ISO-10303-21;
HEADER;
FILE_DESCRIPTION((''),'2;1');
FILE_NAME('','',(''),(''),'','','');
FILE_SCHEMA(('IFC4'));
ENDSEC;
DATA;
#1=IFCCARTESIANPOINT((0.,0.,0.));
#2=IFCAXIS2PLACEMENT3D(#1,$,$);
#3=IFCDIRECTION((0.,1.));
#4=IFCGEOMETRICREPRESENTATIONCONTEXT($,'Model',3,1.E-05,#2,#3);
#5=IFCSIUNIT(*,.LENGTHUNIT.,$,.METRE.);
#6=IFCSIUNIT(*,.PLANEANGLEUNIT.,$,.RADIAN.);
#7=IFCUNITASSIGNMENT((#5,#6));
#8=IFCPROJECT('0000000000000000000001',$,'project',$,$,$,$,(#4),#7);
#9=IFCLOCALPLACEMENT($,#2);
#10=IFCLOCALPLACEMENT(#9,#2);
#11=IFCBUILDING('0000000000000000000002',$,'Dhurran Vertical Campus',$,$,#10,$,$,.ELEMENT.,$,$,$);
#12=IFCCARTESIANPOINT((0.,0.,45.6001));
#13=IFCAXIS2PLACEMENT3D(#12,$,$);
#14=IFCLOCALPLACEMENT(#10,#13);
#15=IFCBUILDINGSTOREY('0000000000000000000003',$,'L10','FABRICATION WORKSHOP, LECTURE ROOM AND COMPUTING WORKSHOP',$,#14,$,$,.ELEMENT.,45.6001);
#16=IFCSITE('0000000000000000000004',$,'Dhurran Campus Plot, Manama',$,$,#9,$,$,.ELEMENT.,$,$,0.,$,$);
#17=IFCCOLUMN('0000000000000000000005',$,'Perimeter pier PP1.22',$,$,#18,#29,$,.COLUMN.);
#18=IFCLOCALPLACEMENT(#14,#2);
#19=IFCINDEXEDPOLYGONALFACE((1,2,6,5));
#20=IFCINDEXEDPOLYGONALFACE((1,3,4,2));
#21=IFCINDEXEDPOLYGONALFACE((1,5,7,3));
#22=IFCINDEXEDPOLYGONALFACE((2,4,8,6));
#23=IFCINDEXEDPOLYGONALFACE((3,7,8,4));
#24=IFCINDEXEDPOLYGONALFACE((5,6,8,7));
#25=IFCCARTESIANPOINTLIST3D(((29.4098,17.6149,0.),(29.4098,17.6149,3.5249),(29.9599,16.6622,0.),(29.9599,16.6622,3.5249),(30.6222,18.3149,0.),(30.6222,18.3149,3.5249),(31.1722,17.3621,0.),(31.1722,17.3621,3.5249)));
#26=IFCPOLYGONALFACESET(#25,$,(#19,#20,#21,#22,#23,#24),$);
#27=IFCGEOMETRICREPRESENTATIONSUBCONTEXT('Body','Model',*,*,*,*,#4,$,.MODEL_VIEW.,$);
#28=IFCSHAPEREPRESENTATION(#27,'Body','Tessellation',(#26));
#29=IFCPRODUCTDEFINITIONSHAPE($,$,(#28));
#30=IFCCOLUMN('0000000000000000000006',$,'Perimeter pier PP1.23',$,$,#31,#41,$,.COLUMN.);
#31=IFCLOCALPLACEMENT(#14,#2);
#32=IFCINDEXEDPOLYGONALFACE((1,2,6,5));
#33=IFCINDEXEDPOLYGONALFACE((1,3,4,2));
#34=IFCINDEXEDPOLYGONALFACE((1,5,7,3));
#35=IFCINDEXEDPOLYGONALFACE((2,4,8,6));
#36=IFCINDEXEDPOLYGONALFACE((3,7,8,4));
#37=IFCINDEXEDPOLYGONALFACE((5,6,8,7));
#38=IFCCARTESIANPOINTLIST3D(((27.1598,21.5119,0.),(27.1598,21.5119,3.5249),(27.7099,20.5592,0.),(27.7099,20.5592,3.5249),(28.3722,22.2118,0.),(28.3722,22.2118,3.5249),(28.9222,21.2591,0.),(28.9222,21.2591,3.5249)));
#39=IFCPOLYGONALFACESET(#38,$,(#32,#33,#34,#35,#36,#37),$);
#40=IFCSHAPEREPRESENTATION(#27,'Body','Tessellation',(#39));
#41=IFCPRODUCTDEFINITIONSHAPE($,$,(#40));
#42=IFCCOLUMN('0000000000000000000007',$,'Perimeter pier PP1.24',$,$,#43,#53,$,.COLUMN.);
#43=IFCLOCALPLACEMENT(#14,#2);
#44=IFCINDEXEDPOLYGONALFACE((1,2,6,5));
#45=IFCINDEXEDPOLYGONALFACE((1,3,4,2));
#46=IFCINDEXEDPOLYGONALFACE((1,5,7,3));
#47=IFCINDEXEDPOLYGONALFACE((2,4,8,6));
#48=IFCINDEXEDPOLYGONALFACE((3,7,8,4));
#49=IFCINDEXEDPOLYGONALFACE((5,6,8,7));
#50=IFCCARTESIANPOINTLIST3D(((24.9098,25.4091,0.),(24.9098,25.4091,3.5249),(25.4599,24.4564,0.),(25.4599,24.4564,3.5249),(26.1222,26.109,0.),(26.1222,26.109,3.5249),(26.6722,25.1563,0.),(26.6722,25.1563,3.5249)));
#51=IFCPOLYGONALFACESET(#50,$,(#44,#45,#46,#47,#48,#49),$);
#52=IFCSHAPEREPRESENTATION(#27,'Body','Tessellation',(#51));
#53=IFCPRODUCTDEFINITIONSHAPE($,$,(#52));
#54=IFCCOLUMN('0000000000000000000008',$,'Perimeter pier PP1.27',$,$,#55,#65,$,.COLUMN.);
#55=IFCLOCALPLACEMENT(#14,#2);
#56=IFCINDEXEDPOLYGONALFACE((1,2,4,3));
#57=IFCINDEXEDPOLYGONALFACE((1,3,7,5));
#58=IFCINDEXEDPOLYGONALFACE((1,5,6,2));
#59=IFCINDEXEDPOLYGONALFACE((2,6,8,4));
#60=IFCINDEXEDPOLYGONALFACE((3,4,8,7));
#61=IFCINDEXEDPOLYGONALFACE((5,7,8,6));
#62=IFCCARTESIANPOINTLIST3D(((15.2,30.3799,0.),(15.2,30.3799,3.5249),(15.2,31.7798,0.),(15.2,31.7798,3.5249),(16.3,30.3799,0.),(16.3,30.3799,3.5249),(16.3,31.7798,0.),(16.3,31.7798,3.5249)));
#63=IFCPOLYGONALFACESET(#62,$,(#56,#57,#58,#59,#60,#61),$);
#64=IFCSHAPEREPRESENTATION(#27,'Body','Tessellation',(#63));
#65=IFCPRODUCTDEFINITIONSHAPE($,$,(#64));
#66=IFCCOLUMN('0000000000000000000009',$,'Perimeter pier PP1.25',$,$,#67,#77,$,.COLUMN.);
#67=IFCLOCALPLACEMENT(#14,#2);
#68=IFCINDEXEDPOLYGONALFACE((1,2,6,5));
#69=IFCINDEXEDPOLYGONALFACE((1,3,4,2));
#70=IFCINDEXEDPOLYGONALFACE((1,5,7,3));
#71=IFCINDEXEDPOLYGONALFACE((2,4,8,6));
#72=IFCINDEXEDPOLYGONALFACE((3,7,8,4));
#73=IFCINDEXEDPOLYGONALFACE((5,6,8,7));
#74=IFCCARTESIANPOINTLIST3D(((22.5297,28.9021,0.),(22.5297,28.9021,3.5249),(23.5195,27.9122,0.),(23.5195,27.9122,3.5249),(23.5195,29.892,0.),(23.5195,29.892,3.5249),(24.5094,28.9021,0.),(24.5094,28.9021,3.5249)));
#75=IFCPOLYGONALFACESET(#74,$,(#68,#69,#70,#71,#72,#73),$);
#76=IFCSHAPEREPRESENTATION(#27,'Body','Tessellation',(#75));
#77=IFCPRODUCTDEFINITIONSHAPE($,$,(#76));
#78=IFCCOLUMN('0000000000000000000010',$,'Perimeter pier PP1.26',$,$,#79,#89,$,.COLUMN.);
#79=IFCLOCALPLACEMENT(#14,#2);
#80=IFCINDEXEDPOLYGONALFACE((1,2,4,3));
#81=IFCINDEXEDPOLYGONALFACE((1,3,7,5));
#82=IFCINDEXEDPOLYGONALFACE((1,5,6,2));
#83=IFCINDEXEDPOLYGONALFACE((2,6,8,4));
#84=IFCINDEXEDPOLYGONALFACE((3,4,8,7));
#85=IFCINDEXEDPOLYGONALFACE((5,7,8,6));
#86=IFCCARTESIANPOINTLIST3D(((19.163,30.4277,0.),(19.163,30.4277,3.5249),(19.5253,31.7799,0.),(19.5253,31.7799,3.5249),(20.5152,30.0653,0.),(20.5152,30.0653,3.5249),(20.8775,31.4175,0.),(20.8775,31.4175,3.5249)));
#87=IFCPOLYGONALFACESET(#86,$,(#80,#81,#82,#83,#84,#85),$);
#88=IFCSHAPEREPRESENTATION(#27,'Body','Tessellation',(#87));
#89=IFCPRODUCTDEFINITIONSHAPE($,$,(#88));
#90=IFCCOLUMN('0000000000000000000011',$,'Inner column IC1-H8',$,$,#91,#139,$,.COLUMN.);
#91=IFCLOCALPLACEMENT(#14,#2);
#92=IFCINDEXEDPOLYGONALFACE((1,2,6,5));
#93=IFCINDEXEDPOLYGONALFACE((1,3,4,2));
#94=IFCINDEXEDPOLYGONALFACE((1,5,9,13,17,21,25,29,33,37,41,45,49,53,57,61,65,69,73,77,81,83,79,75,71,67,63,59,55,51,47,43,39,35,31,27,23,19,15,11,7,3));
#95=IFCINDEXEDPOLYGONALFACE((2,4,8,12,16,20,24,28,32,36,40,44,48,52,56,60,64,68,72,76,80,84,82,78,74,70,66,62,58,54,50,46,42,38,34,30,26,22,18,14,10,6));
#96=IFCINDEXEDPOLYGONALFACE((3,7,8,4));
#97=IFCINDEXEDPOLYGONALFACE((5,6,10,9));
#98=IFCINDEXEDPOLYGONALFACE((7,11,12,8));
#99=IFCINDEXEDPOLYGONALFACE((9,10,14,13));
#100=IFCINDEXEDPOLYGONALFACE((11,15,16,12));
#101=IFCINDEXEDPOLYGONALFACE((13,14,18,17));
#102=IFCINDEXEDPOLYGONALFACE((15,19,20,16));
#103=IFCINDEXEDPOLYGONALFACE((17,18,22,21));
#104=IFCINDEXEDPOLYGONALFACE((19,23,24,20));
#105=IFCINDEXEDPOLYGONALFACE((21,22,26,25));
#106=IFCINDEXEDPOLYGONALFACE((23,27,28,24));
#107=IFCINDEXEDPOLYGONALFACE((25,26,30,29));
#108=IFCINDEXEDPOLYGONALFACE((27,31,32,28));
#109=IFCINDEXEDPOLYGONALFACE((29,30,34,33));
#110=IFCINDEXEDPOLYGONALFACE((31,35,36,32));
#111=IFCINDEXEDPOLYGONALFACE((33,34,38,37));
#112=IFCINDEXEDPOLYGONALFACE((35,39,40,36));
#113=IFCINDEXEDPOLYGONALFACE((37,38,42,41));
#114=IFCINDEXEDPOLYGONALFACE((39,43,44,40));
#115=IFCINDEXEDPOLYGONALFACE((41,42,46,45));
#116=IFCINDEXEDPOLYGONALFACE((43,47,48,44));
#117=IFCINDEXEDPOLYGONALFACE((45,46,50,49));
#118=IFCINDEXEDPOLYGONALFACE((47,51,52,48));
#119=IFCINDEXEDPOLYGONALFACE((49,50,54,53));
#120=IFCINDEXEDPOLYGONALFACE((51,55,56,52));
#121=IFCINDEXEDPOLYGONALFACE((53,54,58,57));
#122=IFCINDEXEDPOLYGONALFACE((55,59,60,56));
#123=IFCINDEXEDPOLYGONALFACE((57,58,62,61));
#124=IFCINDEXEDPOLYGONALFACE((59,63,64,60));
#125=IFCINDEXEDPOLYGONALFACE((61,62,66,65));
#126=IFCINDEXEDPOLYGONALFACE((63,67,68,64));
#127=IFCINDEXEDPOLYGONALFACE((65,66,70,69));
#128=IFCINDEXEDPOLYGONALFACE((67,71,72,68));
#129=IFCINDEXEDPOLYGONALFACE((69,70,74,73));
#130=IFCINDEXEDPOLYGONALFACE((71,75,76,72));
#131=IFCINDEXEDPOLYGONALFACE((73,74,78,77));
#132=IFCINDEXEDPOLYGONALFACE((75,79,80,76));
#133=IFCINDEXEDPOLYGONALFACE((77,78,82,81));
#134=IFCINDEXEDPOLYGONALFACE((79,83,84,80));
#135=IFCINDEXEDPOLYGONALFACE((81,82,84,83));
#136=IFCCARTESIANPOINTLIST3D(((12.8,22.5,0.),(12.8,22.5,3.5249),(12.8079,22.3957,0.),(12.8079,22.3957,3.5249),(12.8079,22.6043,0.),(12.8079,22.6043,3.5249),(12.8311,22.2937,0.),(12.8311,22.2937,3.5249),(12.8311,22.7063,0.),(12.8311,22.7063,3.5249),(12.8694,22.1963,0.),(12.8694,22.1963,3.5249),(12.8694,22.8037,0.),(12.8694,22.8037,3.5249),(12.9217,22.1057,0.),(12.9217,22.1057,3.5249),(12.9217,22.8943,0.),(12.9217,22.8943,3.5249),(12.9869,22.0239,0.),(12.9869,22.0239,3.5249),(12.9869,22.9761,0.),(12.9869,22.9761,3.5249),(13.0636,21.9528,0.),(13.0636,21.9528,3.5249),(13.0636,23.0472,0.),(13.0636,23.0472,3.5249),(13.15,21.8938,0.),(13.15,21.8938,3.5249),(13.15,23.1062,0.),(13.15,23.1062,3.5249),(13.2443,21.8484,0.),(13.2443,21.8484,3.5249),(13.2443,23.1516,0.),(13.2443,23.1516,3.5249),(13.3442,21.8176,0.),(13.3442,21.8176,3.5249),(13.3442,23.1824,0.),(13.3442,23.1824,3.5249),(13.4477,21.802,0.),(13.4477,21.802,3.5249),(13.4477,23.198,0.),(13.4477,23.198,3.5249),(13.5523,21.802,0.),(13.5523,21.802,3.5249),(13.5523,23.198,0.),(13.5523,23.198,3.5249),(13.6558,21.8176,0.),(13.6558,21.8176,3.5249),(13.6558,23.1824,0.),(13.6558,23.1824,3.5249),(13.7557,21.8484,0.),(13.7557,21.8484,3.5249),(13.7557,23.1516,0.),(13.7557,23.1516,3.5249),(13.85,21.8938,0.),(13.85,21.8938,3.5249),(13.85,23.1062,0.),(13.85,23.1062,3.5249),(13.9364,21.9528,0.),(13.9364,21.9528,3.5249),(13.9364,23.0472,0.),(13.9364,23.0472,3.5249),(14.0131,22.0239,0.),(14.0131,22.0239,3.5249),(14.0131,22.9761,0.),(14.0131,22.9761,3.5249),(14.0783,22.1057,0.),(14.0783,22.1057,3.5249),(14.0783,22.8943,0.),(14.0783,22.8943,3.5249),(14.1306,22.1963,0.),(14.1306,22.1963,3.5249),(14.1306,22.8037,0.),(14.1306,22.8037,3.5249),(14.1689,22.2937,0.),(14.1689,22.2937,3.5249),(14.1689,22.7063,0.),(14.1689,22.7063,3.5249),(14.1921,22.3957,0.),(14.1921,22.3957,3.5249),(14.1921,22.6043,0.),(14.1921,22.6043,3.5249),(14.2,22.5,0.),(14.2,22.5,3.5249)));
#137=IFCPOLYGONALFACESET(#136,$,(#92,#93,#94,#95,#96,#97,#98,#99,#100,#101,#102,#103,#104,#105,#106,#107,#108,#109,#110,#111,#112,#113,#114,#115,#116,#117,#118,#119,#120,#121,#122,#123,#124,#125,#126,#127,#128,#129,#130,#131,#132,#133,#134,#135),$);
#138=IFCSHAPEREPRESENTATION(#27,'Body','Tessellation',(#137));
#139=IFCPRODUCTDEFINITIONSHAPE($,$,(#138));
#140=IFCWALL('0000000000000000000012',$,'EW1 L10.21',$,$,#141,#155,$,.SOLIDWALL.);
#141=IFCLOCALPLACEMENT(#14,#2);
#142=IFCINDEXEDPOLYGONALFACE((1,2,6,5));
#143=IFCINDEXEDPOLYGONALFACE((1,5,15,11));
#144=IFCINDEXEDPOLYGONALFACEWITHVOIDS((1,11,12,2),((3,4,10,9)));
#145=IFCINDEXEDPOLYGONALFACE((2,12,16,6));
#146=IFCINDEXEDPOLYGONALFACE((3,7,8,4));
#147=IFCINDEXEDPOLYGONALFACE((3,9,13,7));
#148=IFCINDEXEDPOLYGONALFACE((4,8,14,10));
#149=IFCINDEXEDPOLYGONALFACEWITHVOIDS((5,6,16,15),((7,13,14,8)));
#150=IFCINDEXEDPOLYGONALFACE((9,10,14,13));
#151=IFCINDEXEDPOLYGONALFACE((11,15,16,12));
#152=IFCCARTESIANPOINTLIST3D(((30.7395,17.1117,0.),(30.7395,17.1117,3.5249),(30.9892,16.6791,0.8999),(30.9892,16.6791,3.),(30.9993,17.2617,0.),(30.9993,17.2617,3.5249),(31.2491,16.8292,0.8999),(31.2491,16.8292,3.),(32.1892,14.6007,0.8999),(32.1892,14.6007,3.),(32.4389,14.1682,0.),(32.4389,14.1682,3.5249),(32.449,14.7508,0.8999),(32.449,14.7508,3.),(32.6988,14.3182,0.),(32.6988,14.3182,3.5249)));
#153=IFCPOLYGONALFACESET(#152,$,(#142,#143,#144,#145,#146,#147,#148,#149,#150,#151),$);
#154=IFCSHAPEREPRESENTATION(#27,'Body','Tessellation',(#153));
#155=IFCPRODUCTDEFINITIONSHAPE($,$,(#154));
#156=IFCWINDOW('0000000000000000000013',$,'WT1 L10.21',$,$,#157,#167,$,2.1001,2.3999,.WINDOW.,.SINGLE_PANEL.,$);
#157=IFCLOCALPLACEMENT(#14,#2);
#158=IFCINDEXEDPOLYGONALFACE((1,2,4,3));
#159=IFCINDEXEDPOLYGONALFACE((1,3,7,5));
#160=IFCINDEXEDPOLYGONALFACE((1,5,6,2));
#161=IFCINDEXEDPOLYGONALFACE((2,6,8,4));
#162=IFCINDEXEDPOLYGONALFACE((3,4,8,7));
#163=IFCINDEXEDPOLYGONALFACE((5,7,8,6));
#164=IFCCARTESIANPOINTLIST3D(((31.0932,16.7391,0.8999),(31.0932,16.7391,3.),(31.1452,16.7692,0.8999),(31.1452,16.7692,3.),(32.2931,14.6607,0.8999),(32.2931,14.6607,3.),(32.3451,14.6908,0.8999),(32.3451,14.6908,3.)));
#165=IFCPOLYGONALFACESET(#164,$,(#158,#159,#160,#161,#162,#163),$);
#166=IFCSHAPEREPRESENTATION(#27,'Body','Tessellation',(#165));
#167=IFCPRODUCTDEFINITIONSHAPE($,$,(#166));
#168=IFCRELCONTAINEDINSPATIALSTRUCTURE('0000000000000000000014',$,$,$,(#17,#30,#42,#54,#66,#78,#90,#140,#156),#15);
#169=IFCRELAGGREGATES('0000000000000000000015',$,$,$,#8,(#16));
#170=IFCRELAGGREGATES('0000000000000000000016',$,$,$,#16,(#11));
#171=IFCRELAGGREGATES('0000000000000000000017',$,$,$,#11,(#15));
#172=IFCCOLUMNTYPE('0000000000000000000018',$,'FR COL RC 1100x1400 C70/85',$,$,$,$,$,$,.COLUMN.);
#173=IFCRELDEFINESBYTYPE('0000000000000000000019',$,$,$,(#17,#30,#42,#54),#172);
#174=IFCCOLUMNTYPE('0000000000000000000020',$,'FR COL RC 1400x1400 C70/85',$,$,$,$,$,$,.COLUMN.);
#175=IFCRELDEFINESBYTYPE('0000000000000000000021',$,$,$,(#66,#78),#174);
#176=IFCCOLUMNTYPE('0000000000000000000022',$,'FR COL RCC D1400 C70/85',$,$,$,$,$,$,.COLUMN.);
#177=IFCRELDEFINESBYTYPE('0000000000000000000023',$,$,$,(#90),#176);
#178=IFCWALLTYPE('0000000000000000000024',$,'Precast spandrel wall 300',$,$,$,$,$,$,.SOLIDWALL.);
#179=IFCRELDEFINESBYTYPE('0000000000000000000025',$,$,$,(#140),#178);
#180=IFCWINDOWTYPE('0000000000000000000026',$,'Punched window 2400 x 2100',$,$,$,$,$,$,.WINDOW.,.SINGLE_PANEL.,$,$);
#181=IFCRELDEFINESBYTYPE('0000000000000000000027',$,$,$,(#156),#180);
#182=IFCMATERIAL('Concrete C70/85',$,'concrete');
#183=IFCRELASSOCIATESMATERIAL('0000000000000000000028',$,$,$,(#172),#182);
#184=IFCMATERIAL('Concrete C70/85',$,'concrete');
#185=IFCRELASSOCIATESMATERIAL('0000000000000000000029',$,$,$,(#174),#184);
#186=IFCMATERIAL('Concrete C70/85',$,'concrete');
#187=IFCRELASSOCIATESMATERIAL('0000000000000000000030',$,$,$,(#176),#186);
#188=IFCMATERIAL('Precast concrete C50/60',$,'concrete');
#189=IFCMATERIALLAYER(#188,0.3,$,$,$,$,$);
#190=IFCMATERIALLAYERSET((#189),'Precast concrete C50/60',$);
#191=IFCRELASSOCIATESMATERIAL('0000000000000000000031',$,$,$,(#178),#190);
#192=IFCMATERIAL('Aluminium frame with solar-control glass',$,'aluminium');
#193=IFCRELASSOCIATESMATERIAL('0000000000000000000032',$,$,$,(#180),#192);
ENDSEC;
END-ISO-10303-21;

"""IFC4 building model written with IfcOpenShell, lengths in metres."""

from ifc_helpers import new_model, si_unit, direction, frame, frame_2d, origin, origin_2d, place, context, subcontext, project, spatial, rectangle, circle, extrude, material, layer, layer_set, material_profile, profile_set, type_object, element, fill, save


model = new_model("IFC4")

# Units and contexts
model_context = context("Model", 3, precision=1e-05, world=origin(), true_north=direction((0.0, 1.0)))
body_context = subcontext(model_context, "Body", "Model", "MODEL_VIEW")
ifc_project = project(units=[si_unit("LENGTHUNIT", "METRE"), si_unit("PLANEANGLEUNIT", "RADIAN")], contexts=[model_context])

# Site, building, storey
site_placement = place(None, origin())
site = spatial("IfcSite", under=ifc_project, at=site_placement, Name="Dhurran Campus Plot, Manama", CompositionType="ELEMENT", RefElevation=0.0)
building_placement = place(site_placement, origin())
building = spatial("IfcBuilding", under=site, at=building_placement, Name="Dhurran Vertical Campus", CompositionType="ELEMENT")
storey_placement = place(building_placement, frame((0.0, 0.0, 45.6001)))
storey = spatial("IfcBuildingStorey", under=building, at=storey_placement, Name="L10", Description="FABRICATION WORKSHOP, LECTURE ROOM AND COMPUTING WORKSHOP", CompositionType="ELEMENT", Elevation=45.6001)

# Columns
ifc_material_1 = material(Name="Concrete C70/85", Category="concrete")
ifc_material_profile_1 = material_profile(ifc_material_1, rectangle(XDim=1.1001, YDim=1.3999, at=origin_2d()), Name="RC 1100x1400")
ifc_profile_set_1 = profile_set([ifc_material_profile_1], Name="Concrete C70/85")
column_type_1 = type_object("IfcColumnType", Name="FR COL RC 1100x1400 C70/85", PredefinedType="COLUMN", material=ifc_profile_set_1)
for number, where, z_axis, x_axis, name in (
    (1, (30.291, 17.4885, 0.0), (0.0, 0.0, 1.0), (-0.5, 0.866025, 0.0), "Perimeter pier PP1.22"),
    (2, (28.041, 21.3855, 0.0), (0.0, 0.0, 1.0), (-0.5, 0.866025, 0.0), "Perimeter pier PP1.23"),
    (3, (25.791, 25.2827, 0.0), (0.0, 0.0, 1.0), (-0.5, 0.866025, 0.0), "Perimeter pier PP1.24"),
    (4, (15.75, 31.0798, 0.0), (0.0, 0.0, 1.0), (-1.0, 0.0, 0.0), "Perimeter pier PP1.27"),
):
    element("IfcColumn", number, at=place(storey_placement, frame(where, z_axis=z_axis, x_axis=x_axis)), inside=storey, type_object=column_type_1, Name=name, PredefinedType="COLUMN", context=body_context, shape_type="SweptSolid", body=[
        extrude(rectangle(XDim=1.1001, YDim=1.3999, at=origin_2d()), origin(), (0.0, 0.0, 1.0), 3.5249),
    ])
ifc_material_2 = material(Name="Concrete C70/85", Category="concrete")
ifc_material_profile_2 = material_profile(ifc_material_2, rectangle(XDim=1.3999, YDim=1.3999, at=origin_2d()), Name="RC 1400x1400")
ifc_profile_set_2 = profile_set([ifc_material_profile_2], Name="Concrete C70/85")
column_type_2 = type_object("IfcColumnType", Name="FR COL RC 1400x1400 C70/85", PredefinedType="COLUMN", material=ifc_profile_set_2)
for number, where, z_axis, x_axis, name in (
    (5, (23.5195, 28.9021, 0.0), (0.0, 0.0, 1.0), (-0.707107, 0.707107, 0.0), "Perimeter pier PP1.25"),
    (6, (20.0203, 30.9226, 0.0), (0.0, 0.0, 1.0), (-0.965926, 0.258819, 0.0), "Perimeter pier PP1.26"),
):
    element("IfcColumn", number, at=place(storey_placement, frame(where, z_axis=z_axis, x_axis=x_axis)), inside=storey, type_object=column_type_2, Name=name, PredefinedType="COLUMN", context=body_context, shape_type="SweptSolid", body=[
        extrude(rectangle(XDim=1.3999, YDim=1.3999, at=origin_2d()), origin(), (0.0, 0.0, 1.0), 3.5249),
    ])
ifc_material_3 = material(Name="Concrete C70/85", Category="concrete")
ifc_material_profile_3 = material_profile(ifc_material_3, circle(Radius=0.7, at=origin_2d()), Name="RCC D1400")
ifc_profile_set_3 = profile_set([ifc_material_profile_3], Name="Concrete C70/85")
column_type_3 = type_object("IfcColumnType", Name="FR COL RCC D1400 C70/85", PredefinedType="COLUMN", material=ifc_profile_set_3)
column_placement = place(storey_placement, frame((13.5, 22.5, 0.0), z_axis=(0.0, 0.0, 1.0), x_axis=(1.0, 0.0, 0.0)))
element("IfcColumn", 7, at=column_placement, inside=storey, type_object=column_type_3, Name="Inner column IC1-H8", PredefinedType="COLUMN", context=body_context, shape_type="SweptSolid", body=[
    extrude(circle(Radius=0.7, at=origin_2d()), origin(), (0.0, 0.0, 1.0), 3.5249),
])

# Wall, opening, window
ifc_material_4 = material(Name="Precast concrete C50/60", Category="concrete")
ifc_layer_1 = layer(ifc_material_4, 0.3)
ifc_layer_set_1 = layer_set([ifc_layer_1], Name="Precast concrete C50/60")
wall_type_1 = type_object("IfcWallType", Name="Precast spandrel wall 300", PredefinedType="SOLIDWALL", material=ifc_layer_set_1)
wall_1_placement = place(storey_placement, frame((32.5688, 14.2432, 0.0), z_axis=(0.0, 0.0, 1.0), x_axis=(-0.499994, 0.866029, 0.0)))
wall_1 = element("IfcWall", 8, at=wall_1_placement, inside=storey, type_object=wall_type_1, Name="EW1 L10.21", PredefinedType="SOLIDWALL", context=body_context, shape_type="SweptSolid", body=[
    extrude(rectangle(XDim=3.3989, YDim=0.3, at=frame_2d((1.6995, 0.0))), origin(), (0.0, 0.0, 1.0), 3.5249),
])
opening_1_placement = place(wall_1_placement, frame((0.4995, 0.0, 0.8999)))
opening_1 = element("IfcOpeningElement", 9, at=opening_1_placement, cuts=wall_1, PredefinedType="OPENING", context=body_context, shape_type="SweptSolid", body=[
    extrude(rectangle(XDim=2.3999, YDim=2.1001, at=frame_2d((1.2, 1.05))), frame((0.0, 0.1599, 0.0), z_axis=(0.0, -1.0, 0.0), x_axis=(1.0, 0.0, 0.0)), (0.0, 0.0, 1.0), 0.3201),
])
ifc_material_5 = material(Name="Aluminium frame with solar-control glass", Category="aluminium")
window_type = type_object("IfcWindowType", Name="Punched window 2400 x 2100", PartitioningType="SINGLE_PANEL", PredefinedType="WINDOW", material=ifc_material_5)
window_1_placement = place(opening_1_placement, origin())
window_1 = element("IfcWindow", 10, at=window_1_placement, inside=storey, type_object=window_type, Name="WT1 L10.21", OverallHeight=2.1001, OverallWidth=2.3999, PartitioningType="SINGLE_PANEL", PredefinedType="WINDOW", context=body_context, shape_type="SweptSolid", body=[
    extrude(rectangle(XDim=2.3999, YDim=2.1001, at=frame_2d((1.2, 1.05))), frame((0.0, 0.03, 0.0), z_axis=(0.0, -1.0, 0.0), x_axis=(1.0, 0.0, 0.0)), (0.0, 0.0, 1.0), 0.0601),
])
fill(opening_1, window_1)

save(model, "model.ifc")
